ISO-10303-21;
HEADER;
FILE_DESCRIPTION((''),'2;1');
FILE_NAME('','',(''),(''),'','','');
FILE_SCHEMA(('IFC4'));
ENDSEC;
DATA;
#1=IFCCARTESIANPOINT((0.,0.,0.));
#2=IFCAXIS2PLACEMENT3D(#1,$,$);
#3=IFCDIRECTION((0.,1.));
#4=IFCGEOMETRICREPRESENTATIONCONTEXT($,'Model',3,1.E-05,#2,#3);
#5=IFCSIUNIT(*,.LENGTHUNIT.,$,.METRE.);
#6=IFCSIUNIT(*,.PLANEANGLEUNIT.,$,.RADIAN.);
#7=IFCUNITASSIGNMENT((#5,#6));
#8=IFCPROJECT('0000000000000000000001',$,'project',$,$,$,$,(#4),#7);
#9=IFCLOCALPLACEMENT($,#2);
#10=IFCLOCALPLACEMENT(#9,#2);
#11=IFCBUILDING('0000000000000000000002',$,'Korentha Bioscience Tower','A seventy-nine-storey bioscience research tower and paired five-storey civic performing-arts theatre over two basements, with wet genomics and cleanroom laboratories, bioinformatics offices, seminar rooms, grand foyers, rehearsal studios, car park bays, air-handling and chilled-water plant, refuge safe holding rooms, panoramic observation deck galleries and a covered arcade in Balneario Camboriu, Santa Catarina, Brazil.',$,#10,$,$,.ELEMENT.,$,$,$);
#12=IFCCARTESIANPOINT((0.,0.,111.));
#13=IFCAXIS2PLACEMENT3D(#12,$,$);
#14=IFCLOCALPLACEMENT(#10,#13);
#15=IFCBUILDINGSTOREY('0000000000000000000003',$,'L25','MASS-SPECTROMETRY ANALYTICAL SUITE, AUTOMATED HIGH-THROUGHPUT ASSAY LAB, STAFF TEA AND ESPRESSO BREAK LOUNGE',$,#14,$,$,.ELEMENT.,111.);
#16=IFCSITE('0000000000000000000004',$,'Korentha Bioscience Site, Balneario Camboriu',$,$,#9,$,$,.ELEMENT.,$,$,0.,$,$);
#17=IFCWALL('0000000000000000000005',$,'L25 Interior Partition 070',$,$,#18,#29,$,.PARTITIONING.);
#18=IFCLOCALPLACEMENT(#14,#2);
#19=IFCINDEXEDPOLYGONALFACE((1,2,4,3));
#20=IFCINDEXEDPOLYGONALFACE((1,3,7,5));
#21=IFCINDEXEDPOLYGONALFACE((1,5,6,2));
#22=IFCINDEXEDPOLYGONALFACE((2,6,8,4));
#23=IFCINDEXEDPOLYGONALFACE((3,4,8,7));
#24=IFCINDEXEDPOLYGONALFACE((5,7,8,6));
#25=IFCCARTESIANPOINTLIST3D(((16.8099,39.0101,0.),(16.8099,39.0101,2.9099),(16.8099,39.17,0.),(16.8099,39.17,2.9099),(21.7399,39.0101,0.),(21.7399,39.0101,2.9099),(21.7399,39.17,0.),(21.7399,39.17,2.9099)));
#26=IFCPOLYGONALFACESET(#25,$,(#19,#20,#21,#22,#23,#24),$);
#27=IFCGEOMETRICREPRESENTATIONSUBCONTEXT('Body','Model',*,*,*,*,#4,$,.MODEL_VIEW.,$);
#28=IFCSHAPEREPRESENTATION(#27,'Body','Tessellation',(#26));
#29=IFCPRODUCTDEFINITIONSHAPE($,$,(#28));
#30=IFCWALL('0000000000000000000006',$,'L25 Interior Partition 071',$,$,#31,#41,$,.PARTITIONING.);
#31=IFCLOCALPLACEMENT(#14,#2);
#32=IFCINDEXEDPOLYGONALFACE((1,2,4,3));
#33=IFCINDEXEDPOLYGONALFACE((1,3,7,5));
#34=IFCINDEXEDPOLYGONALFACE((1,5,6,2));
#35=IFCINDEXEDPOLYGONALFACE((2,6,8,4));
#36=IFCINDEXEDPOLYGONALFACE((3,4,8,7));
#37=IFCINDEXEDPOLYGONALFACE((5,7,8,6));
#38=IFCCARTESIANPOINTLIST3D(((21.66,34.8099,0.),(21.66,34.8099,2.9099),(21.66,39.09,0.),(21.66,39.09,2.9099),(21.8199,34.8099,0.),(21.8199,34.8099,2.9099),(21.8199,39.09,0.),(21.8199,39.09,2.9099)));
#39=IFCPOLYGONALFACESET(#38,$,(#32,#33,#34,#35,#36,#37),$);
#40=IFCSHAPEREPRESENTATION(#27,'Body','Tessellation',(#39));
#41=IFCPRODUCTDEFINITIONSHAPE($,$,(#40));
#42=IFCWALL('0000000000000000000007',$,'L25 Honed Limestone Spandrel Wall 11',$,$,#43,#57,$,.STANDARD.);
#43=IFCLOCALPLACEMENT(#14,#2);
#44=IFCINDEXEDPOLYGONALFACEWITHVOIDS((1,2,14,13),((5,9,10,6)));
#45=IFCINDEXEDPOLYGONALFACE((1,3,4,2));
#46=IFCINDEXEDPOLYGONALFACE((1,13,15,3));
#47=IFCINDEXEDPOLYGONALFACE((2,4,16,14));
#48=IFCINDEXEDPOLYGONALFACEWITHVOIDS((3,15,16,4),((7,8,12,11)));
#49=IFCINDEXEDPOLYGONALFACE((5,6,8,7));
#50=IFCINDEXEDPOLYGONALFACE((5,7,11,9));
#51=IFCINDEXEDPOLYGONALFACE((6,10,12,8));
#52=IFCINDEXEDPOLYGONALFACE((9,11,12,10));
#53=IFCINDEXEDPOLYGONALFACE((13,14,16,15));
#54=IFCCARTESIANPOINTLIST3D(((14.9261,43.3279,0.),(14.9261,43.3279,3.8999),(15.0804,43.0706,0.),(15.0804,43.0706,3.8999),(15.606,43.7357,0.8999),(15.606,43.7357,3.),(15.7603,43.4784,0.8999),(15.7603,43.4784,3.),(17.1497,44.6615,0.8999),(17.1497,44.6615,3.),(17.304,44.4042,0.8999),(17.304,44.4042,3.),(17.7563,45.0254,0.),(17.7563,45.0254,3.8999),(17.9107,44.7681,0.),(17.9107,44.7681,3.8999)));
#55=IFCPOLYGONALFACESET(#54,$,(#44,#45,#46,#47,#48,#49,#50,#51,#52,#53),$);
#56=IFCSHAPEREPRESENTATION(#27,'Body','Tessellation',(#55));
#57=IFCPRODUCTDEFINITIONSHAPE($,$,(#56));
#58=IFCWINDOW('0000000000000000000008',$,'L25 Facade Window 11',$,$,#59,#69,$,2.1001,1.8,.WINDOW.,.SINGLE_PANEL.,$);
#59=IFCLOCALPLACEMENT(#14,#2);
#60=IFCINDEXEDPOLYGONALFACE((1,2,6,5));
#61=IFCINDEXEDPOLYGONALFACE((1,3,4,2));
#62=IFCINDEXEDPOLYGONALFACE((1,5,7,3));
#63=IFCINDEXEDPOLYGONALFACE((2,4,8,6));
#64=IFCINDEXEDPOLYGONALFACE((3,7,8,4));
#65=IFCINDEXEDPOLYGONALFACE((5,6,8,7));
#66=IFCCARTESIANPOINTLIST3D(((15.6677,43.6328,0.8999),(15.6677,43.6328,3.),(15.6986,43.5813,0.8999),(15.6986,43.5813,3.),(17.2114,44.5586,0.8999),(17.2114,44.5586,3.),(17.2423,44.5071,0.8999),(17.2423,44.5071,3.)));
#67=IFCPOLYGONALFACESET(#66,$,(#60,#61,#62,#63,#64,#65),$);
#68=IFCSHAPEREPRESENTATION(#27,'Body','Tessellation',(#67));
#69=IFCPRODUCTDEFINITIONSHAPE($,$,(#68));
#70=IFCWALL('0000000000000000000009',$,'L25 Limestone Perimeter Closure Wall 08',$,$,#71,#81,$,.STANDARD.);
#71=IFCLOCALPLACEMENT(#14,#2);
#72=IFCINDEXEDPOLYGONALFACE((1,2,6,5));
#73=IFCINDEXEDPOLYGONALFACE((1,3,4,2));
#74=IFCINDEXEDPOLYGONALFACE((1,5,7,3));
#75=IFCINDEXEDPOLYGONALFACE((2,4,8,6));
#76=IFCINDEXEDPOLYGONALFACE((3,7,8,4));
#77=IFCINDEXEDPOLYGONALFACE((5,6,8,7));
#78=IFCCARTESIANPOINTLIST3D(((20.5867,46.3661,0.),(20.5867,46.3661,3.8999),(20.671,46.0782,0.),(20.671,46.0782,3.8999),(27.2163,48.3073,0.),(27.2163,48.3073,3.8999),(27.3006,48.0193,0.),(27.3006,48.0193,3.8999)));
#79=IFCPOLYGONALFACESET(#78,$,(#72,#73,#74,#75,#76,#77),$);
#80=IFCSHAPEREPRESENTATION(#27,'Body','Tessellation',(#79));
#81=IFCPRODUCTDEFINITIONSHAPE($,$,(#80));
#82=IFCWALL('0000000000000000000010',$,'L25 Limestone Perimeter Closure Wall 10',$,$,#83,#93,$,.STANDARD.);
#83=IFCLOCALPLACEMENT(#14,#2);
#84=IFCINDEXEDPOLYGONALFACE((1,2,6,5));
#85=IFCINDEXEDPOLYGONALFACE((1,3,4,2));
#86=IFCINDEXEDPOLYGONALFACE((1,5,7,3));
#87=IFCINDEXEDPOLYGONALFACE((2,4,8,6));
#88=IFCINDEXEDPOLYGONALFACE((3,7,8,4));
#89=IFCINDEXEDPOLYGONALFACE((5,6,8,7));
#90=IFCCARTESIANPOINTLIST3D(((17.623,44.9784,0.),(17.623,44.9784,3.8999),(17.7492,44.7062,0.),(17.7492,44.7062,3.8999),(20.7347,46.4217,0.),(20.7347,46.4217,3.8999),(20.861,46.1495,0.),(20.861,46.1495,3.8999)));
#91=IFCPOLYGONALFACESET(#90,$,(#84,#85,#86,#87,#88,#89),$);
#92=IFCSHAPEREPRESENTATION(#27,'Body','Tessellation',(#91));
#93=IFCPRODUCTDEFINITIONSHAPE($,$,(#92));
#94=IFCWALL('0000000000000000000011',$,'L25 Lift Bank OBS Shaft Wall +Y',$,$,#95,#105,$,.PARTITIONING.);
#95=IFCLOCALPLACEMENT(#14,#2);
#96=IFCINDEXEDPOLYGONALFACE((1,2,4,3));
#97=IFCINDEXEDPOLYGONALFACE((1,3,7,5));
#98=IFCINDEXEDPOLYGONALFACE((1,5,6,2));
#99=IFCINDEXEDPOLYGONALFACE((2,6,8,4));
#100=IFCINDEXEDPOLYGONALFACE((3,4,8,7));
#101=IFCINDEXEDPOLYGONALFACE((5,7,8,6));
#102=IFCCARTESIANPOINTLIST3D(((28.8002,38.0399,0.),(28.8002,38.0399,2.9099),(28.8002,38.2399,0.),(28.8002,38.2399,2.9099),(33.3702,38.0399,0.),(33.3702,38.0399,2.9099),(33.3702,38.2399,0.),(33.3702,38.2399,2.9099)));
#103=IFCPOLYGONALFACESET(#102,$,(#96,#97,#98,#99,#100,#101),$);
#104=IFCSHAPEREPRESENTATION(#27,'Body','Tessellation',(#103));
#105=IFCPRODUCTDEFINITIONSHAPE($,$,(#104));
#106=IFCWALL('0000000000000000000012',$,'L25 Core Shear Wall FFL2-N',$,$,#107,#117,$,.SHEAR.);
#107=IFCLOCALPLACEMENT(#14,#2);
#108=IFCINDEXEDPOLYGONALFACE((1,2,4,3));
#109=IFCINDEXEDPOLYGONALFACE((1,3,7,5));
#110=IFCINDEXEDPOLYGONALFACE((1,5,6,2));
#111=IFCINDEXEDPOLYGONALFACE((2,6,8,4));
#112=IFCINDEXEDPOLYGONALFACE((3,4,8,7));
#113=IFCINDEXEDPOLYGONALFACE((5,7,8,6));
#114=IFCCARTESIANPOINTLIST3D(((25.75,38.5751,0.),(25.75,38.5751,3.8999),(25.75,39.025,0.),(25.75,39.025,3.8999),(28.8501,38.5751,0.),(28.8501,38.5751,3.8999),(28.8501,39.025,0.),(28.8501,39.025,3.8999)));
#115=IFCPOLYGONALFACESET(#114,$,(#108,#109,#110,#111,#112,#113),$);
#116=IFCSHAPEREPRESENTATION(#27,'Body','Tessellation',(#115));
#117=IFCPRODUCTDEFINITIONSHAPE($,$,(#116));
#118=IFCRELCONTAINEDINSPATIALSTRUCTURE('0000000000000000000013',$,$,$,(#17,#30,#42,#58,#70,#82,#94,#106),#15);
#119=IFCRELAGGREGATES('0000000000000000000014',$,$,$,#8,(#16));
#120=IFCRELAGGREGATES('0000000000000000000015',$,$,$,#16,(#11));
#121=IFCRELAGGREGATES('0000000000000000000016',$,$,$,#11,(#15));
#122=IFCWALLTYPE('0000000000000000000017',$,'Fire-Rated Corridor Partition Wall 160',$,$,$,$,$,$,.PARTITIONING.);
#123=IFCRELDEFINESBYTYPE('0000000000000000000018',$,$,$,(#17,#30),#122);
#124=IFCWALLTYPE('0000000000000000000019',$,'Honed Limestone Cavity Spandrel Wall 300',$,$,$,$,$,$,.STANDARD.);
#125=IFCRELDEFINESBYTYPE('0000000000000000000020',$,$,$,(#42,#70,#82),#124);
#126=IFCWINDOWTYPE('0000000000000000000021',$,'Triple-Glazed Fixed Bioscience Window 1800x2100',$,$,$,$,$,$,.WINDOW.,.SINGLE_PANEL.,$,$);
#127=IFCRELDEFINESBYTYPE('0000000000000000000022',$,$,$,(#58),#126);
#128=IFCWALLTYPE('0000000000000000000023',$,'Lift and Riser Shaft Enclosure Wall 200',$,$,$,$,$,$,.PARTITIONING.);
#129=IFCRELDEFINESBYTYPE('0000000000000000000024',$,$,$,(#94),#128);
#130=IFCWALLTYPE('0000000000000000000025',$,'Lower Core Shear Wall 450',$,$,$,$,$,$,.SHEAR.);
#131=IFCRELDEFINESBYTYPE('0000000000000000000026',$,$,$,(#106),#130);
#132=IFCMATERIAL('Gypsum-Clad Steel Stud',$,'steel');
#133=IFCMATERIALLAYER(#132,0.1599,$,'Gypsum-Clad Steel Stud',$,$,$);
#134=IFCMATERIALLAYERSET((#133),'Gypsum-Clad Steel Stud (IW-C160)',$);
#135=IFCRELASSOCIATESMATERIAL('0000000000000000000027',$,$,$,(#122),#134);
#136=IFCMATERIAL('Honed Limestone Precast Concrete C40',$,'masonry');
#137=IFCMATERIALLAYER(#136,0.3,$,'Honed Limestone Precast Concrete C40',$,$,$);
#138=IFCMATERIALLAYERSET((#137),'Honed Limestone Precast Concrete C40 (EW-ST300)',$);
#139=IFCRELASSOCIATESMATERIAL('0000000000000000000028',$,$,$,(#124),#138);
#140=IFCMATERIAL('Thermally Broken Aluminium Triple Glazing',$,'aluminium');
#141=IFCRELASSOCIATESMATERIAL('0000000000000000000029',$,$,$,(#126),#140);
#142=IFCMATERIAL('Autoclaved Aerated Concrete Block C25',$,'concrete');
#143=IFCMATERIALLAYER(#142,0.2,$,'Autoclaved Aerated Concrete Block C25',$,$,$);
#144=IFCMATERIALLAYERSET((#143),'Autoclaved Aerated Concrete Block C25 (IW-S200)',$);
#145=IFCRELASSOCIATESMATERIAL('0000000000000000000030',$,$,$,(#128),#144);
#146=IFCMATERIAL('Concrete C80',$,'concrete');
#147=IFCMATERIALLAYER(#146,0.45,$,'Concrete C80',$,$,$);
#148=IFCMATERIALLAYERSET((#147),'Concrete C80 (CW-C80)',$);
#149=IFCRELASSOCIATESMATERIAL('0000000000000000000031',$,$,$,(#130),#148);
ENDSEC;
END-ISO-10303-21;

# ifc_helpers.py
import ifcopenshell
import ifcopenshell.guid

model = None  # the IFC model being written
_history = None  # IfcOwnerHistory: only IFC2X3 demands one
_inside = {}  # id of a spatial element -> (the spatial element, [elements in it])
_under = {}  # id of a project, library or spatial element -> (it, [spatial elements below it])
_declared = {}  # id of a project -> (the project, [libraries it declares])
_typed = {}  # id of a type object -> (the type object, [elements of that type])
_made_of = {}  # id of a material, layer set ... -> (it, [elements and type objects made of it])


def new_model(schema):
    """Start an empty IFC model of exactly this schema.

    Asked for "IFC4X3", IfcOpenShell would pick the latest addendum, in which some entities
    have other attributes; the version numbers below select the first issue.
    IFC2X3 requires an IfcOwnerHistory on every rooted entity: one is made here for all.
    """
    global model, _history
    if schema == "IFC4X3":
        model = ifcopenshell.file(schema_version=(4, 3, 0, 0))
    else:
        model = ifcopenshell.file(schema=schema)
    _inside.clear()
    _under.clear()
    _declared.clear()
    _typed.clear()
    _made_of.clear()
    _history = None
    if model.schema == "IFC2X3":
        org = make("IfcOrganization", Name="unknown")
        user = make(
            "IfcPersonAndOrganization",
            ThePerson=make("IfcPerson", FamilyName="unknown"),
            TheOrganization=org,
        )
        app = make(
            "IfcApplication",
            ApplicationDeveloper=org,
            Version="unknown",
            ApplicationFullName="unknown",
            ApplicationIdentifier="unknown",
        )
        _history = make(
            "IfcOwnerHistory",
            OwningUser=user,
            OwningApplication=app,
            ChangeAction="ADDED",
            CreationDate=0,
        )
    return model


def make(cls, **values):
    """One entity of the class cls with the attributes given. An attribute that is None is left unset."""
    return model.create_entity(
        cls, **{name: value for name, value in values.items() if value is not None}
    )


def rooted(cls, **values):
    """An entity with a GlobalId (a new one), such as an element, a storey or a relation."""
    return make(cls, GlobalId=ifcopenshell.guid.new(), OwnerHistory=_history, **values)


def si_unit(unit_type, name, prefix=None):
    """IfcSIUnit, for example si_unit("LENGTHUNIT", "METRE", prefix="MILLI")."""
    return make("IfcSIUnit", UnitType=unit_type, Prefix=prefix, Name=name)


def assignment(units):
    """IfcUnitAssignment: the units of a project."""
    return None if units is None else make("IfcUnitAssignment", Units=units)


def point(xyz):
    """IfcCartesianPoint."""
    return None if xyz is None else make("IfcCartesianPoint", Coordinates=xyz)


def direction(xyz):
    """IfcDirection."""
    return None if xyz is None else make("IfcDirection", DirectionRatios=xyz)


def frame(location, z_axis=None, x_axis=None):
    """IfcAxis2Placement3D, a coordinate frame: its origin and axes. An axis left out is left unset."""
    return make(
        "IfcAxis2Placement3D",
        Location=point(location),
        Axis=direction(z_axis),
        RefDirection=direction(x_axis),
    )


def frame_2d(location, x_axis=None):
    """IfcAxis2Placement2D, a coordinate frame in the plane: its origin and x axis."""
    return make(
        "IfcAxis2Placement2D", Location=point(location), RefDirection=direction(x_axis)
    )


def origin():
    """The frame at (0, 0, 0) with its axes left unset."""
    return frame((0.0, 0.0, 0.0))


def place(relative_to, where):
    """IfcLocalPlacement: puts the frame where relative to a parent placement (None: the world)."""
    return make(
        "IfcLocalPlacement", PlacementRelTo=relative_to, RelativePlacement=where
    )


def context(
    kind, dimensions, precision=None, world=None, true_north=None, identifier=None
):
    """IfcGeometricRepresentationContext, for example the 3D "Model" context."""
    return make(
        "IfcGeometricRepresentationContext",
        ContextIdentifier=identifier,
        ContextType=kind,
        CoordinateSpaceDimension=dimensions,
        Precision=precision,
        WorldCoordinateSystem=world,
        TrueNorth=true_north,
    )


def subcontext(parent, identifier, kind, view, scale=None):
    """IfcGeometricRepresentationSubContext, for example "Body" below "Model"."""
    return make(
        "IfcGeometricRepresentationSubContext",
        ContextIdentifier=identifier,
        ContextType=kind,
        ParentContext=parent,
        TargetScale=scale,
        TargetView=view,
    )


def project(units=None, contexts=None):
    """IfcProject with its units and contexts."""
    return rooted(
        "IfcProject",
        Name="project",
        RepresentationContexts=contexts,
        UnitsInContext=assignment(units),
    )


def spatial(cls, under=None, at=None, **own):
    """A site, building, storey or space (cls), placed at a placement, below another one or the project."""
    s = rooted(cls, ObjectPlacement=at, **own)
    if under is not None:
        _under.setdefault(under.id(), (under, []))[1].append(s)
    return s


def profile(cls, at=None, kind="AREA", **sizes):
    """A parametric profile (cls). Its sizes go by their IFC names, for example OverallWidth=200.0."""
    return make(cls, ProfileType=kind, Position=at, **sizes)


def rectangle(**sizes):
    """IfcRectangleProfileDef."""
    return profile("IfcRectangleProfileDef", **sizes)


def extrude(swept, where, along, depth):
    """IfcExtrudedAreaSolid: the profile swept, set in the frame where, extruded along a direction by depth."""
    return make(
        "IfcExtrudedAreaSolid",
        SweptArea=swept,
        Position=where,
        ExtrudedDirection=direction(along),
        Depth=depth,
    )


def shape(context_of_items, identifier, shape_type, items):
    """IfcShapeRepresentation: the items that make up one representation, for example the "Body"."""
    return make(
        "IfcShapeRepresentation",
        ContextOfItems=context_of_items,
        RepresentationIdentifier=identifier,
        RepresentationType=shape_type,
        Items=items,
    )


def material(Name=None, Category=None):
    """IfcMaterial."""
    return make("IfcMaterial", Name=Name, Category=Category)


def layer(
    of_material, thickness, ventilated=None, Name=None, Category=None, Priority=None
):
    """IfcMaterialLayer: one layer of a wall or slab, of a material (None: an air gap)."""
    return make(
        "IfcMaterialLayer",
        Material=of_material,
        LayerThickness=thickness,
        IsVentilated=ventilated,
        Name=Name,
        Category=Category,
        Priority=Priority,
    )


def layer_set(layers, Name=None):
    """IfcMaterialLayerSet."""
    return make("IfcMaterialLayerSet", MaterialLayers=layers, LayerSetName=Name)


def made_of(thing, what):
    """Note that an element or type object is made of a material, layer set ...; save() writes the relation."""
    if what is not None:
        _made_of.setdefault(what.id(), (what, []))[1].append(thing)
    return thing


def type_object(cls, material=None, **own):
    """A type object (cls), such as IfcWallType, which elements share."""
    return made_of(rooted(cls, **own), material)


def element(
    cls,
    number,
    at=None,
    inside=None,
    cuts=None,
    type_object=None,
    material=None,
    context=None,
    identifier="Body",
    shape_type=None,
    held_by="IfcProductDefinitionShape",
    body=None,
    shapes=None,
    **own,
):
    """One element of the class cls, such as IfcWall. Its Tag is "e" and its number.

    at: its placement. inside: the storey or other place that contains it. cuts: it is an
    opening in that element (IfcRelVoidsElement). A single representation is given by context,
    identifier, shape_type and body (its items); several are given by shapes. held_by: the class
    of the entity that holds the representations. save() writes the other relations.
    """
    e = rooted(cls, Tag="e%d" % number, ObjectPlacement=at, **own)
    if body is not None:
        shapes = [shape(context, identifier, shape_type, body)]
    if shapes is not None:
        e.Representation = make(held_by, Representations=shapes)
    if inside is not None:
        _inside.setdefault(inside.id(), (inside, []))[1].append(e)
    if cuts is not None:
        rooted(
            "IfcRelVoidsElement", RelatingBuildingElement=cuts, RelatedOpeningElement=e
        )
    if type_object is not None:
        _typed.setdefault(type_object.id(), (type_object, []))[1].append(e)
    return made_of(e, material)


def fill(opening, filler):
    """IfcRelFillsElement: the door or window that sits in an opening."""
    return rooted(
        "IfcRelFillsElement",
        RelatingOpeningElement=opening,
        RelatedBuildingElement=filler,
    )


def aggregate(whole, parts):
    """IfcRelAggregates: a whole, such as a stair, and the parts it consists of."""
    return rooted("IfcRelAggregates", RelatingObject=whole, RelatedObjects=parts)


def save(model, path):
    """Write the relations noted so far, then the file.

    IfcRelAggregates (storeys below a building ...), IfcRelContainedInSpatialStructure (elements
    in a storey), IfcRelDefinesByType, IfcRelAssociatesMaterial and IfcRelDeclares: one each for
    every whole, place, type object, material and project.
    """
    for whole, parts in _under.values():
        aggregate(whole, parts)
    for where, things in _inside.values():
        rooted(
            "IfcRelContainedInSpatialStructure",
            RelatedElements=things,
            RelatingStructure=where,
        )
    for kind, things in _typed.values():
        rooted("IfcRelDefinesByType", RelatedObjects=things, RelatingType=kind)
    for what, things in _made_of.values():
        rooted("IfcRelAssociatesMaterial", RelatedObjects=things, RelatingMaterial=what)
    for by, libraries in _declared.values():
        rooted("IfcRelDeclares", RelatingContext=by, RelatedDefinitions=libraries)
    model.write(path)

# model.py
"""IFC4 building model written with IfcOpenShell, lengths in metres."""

from ifc_helpers import new_model, si_unit, direction, frame, frame_2d, origin, place, context, subcontext, project, spatial, rectangle, extrude, material, layer, layer_set, type_object, element, fill, save


model = new_model("IFC4")

# Units and contexts
model_context = context("Model", 3, precision=1e-05, world=origin(), true_north=direction((0.0, 1.0)))
body_context = subcontext(model_context, "Body", "Model", "MODEL_VIEW")
ifc_project = project(units=[si_unit("LENGTHUNIT", "METRE"), si_unit("PLANEANGLEUNIT", "RADIAN")], contexts=[model_context])

# Site, building, storey
site_placement = place(None, origin())
site = spatial("IfcSite", under=ifc_project, at=site_placement, Name="Korentha Bioscience Site, Balneario Camboriu", CompositionType="ELEMENT", RefElevation=0.0)
building_placement = place(site_placement, origin())
building = spatial("IfcBuilding", under=site, at=building_placement, Name="Korentha Bioscience Tower", Description="A seventy-nine-storey bioscience research tower and paired five-storey civic performing-arts theatre over two basements, with wet genomics and cleanroom laboratories, bioinformatics offices, seminar rooms, grand foyers, rehearsal studios, car park bays, air-handling and chilled-water plant, refuge safe holding rooms, panoramic observation deck galleries and a covered arcade in Balneario Camboriu, Santa Catarina, Brazil.", CompositionType="ELEMENT")
storey_placement = place(building_placement, frame((0.0, 0.0, 111.0)))
storey = spatial("IfcBuildingStorey", under=building, at=storey_placement, Name="L25", Description="MASS-SPECTROMETRY ANALYTICAL SUITE, AUTOMATED HIGH-THROUGHPUT ASSAY LAB, STAFF TEA AND ESPRESSO BREAK LOUNGE", CompositionType="ELEMENT", Elevation=111.0)

# Shared definitions
ifc_material_1 = material(Name="Concrete C80", Category="concrete")

# Walls
ifc_material_2 = material(Name="Gypsum-Clad Steel Stud", Category="steel")
ifc_layer_1 = layer(ifc_material_2, 0.1599, Name="Gypsum-Clad Steel Stud")
ifc_layer_set_1 = layer_set([ifc_layer_1], Name="Gypsum-Clad Steel Stud (IW-C160)")
wall_type_1 = type_object("IfcWallType", Name="Fire-Rated Corridor Partition Wall 160", PredefinedType="PARTITIONING", material=ifc_layer_set_1)
wall_1_placement = place(storey_placement, frame((16.8101, 39.0901, 0.0), z_axis=(0.0, 0.0, 1.0), x_axis=(1.0, 0.0, 0.0)))
element("IfcWall", 1, at=wall_1_placement, inside=storey, type_object=wall_type_1, Name="L25 Interior Partition 070", PredefinedType="PARTITIONING", context=body_context, shape_type="SweptSolid", body=[
    extrude(rectangle(XDim=4.9299, YDim=0.1599, at=frame_2d((2.4648, 0.0))), origin(), (0.0, 0.0, 1.0), 2.9099),
])
wall_2_placement = place(storey_placement, frame((21.74, 39.0901, 0.0), z_axis=(0.0, 0.0, 1.0), x_axis=(0.0, -1.0, 0.0)))
element("IfcWall", 2, at=wall_2_placement, inside=storey, type_object=wall_type_1, Name="L25 Interior Partition 071", PredefinedType="PARTITIONING", context=body_context, shape_type="SweptSolid", body=[
    extrude(rectangle(XDim=4.28, YDim=0.1599, at=frame_2d((2.1401, 0.0))), origin(), (0.0, 0.0, 1.0), 2.9099),
])

# Wall, opening, window
ifc_material_3 = material(Name="Honed Limestone Precast Concrete C40", Category="masonry")
ifc_layer_2 = layer(ifc_material_3, 0.3, Name="Honed Limestone Precast Concrete C40")
ifc_layer_set_2 = layer_set([ifc_layer_2], Name="Honed Limestone Precast Concrete C40 (EW-ST300)")
wall_type_2 = type_object("IfcWallType", Name="Honed Limestone Cavity Spandrel Wall 300", PredefinedType="STANDARD", material=ifc_layer_set_2)
wall_3_placement = place(storey_placement, frame((17.8335, 44.8967, 0.0), z_axis=(0.0, 0.0, 1.0), x_axis=(-0.857584, -0.514343, 0.0)))
wall_3 = element("IfcWall", 3, at=wall_3_placement, inside=storey, type_object=wall_type_2, Name="L25 Honed Limestone Spandrel Wall 11", PredefinedType="STANDARD", context=body_context, shape_type="SweptSolid", body=[
    extrude(rectangle(XDim=3.3003, YDim=0.3, at=frame_2d((1.6501, 0.0))), origin(), (0.0, 0.0, 1.0), 3.8999),
])
opening_placement = place(wall_3_placement, frame((0.7075, 0.0, 0.8999)))
opening = element("IfcOpeningElement", 4, at=opening_placement, cuts=wall_3, PredefinedType="OPENING", context=body_context, shape_type="SweptSolid", body=[
    extrude(rectangle(XDim=1.8, YDim=2.1001, at=frame_2d((0.8999, 1.05))), frame((0.0, 0.165, 0.0), z_axis=(0.0, -1.0, 0.0), x_axis=(1.0, 0.0, 0.0)), (0.0, 0.0, 1.0), 0.3298),
])
ifc_material_4 = material(Name="Thermally Broken Aluminium Triple Glazing", Category="aluminium")
window_type = type_object("IfcWindowType", Name="Triple-Glazed Fixed Bioscience Window 1800x2100", PartitioningType="SINGLE_PANEL", PredefinedType="WINDOW", material=ifc_material_4)
window_placement = place(opening_placement, origin())
window = element("IfcWindow", 5, at=window_placement, inside=storey, type_object=window_type, Name="L25 Facade Window 11", OverallHeight=2.1001, OverallWidth=1.8, PartitioningType="SINGLE_PANEL", PredefinedType="WINDOW", context=body_context, shape_type="SweptSolid", body=[
    extrude(rectangle(XDim=1.8, YDim=2.1001, at=frame_2d((0.8999, 1.05))), frame((0.0, 0.03, 0.0), z_axis=(0.0, -1.0, 0.0), x_axis=(1.0, 0.0, 0.0)), (0.0, 0.0, 1.0), 0.0601),
])
fill(opening, window)

# Walls
wall_4_placement = place(storey_placement, frame((27.2585, 48.1633, 0.0), z_axis=(0.0, 0.0, 1.0), x_axis=(-0.959707, -0.281003, 0.0)))
element("IfcWall", 6, at=wall_4_placement, inside=storey, type_object=wall_type_2, Name="L25 Limestone Perimeter Closure Wall 08", PredefinedType="STANDARD", context=body_context, shape_type="SweptSolid", body=[
    extrude(rectangle(XDim=6.908, YDim=0.3, at=frame_2d((3.4541, 0.0))), origin(), (0.0, 0.0, 1.0), 3.8999),
])
wall_5_placement = place(storey_placement, frame((20.7979, 46.2856, 0.0), z_axis=(0.0, 0.0, 1.0), x_axis=(-0.907166, -0.420773, 0.0)))
element("IfcWall", 7, at=wall_5_placement, inside=storey, type_object=wall_type_2, Name="L25 Limestone Perimeter Closure Wall 10", PredefinedType="STANDARD", context=body_context, shape_type="SweptSolid", body=[
    extrude(rectangle(XDim=3.4302, YDim=0.3, at=frame_2d((1.7151, 0.0))), origin(), (0.0, 0.0, 1.0), 3.8999),
])
ifc_material_5 = material(Name="Autoclaved Aerated Concrete Block C25", Category="concrete")
ifc_layer_3 = layer(ifc_material_5, 0.2, Name="Autoclaved Aerated Concrete Block C25")
ifc_layer_set_3 = layer_set([ifc_layer_3], Name="Autoclaved Aerated Concrete Block C25 (IW-S200)")
wall_type_3 = type_object("IfcWallType", Name="Lift and Riser Shaft Enclosure Wall 200", PredefinedType="PARTITIONING", material=ifc_layer_set_3)
wall_6_placement = place(storey_placement, frame((28.8, 38.1399, 0.0), z_axis=(0.0, 0.0, 1.0), x_axis=(1.0, 0.0, 0.0)))
element("IfcWall", 8, at=wall_6_placement, inside=storey, type_object=wall_type_3, Name="L25 Lift Bank OBS Shaft Wall +Y", PredefinedType="PARTITIONING", context=body_context, shape_type="SweptSolid", body=[
    extrude(rectangle(XDim=4.5701, YDim=0.2, at=frame_2d((2.2852, 0.0))), origin(), (0.0, 0.0, 1.0), 2.9099),
])
ifc_layer_4 = layer(ifc_material_1, 0.45, Name="Concrete C80")
ifc_layer_set_4 = layer_set([ifc_layer_4], Name="Concrete C80 (CW-C80)")
wall_type_4 = type_object("IfcWallType", Name="Lower Core Shear Wall 450", PredefinedType="SHEAR", material=ifc_layer_set_4)
wall_7_placement = place(storey_placement, frame((25.75, 38.8, 0.0), z_axis=(0.0, 0.0, 1.0), x_axis=(1.0, 0.0, 0.0)))
element("IfcWall", 9, at=wall_7_placement, inside=storey, type_object=wall_type_4, Name="L25 Core Shear Wall FFL2-N", PredefinedType="SHEAR", context=body_context, shape_type="SweptSolid", body=[
    extrude(rectangle(XDim=3.1001, YDim=0.45, at=frame_2d((1.55, 0.0))), origin(), (0.0, 0.0, 1.0), 3.8999),
])

save(model, "model.ifc")
